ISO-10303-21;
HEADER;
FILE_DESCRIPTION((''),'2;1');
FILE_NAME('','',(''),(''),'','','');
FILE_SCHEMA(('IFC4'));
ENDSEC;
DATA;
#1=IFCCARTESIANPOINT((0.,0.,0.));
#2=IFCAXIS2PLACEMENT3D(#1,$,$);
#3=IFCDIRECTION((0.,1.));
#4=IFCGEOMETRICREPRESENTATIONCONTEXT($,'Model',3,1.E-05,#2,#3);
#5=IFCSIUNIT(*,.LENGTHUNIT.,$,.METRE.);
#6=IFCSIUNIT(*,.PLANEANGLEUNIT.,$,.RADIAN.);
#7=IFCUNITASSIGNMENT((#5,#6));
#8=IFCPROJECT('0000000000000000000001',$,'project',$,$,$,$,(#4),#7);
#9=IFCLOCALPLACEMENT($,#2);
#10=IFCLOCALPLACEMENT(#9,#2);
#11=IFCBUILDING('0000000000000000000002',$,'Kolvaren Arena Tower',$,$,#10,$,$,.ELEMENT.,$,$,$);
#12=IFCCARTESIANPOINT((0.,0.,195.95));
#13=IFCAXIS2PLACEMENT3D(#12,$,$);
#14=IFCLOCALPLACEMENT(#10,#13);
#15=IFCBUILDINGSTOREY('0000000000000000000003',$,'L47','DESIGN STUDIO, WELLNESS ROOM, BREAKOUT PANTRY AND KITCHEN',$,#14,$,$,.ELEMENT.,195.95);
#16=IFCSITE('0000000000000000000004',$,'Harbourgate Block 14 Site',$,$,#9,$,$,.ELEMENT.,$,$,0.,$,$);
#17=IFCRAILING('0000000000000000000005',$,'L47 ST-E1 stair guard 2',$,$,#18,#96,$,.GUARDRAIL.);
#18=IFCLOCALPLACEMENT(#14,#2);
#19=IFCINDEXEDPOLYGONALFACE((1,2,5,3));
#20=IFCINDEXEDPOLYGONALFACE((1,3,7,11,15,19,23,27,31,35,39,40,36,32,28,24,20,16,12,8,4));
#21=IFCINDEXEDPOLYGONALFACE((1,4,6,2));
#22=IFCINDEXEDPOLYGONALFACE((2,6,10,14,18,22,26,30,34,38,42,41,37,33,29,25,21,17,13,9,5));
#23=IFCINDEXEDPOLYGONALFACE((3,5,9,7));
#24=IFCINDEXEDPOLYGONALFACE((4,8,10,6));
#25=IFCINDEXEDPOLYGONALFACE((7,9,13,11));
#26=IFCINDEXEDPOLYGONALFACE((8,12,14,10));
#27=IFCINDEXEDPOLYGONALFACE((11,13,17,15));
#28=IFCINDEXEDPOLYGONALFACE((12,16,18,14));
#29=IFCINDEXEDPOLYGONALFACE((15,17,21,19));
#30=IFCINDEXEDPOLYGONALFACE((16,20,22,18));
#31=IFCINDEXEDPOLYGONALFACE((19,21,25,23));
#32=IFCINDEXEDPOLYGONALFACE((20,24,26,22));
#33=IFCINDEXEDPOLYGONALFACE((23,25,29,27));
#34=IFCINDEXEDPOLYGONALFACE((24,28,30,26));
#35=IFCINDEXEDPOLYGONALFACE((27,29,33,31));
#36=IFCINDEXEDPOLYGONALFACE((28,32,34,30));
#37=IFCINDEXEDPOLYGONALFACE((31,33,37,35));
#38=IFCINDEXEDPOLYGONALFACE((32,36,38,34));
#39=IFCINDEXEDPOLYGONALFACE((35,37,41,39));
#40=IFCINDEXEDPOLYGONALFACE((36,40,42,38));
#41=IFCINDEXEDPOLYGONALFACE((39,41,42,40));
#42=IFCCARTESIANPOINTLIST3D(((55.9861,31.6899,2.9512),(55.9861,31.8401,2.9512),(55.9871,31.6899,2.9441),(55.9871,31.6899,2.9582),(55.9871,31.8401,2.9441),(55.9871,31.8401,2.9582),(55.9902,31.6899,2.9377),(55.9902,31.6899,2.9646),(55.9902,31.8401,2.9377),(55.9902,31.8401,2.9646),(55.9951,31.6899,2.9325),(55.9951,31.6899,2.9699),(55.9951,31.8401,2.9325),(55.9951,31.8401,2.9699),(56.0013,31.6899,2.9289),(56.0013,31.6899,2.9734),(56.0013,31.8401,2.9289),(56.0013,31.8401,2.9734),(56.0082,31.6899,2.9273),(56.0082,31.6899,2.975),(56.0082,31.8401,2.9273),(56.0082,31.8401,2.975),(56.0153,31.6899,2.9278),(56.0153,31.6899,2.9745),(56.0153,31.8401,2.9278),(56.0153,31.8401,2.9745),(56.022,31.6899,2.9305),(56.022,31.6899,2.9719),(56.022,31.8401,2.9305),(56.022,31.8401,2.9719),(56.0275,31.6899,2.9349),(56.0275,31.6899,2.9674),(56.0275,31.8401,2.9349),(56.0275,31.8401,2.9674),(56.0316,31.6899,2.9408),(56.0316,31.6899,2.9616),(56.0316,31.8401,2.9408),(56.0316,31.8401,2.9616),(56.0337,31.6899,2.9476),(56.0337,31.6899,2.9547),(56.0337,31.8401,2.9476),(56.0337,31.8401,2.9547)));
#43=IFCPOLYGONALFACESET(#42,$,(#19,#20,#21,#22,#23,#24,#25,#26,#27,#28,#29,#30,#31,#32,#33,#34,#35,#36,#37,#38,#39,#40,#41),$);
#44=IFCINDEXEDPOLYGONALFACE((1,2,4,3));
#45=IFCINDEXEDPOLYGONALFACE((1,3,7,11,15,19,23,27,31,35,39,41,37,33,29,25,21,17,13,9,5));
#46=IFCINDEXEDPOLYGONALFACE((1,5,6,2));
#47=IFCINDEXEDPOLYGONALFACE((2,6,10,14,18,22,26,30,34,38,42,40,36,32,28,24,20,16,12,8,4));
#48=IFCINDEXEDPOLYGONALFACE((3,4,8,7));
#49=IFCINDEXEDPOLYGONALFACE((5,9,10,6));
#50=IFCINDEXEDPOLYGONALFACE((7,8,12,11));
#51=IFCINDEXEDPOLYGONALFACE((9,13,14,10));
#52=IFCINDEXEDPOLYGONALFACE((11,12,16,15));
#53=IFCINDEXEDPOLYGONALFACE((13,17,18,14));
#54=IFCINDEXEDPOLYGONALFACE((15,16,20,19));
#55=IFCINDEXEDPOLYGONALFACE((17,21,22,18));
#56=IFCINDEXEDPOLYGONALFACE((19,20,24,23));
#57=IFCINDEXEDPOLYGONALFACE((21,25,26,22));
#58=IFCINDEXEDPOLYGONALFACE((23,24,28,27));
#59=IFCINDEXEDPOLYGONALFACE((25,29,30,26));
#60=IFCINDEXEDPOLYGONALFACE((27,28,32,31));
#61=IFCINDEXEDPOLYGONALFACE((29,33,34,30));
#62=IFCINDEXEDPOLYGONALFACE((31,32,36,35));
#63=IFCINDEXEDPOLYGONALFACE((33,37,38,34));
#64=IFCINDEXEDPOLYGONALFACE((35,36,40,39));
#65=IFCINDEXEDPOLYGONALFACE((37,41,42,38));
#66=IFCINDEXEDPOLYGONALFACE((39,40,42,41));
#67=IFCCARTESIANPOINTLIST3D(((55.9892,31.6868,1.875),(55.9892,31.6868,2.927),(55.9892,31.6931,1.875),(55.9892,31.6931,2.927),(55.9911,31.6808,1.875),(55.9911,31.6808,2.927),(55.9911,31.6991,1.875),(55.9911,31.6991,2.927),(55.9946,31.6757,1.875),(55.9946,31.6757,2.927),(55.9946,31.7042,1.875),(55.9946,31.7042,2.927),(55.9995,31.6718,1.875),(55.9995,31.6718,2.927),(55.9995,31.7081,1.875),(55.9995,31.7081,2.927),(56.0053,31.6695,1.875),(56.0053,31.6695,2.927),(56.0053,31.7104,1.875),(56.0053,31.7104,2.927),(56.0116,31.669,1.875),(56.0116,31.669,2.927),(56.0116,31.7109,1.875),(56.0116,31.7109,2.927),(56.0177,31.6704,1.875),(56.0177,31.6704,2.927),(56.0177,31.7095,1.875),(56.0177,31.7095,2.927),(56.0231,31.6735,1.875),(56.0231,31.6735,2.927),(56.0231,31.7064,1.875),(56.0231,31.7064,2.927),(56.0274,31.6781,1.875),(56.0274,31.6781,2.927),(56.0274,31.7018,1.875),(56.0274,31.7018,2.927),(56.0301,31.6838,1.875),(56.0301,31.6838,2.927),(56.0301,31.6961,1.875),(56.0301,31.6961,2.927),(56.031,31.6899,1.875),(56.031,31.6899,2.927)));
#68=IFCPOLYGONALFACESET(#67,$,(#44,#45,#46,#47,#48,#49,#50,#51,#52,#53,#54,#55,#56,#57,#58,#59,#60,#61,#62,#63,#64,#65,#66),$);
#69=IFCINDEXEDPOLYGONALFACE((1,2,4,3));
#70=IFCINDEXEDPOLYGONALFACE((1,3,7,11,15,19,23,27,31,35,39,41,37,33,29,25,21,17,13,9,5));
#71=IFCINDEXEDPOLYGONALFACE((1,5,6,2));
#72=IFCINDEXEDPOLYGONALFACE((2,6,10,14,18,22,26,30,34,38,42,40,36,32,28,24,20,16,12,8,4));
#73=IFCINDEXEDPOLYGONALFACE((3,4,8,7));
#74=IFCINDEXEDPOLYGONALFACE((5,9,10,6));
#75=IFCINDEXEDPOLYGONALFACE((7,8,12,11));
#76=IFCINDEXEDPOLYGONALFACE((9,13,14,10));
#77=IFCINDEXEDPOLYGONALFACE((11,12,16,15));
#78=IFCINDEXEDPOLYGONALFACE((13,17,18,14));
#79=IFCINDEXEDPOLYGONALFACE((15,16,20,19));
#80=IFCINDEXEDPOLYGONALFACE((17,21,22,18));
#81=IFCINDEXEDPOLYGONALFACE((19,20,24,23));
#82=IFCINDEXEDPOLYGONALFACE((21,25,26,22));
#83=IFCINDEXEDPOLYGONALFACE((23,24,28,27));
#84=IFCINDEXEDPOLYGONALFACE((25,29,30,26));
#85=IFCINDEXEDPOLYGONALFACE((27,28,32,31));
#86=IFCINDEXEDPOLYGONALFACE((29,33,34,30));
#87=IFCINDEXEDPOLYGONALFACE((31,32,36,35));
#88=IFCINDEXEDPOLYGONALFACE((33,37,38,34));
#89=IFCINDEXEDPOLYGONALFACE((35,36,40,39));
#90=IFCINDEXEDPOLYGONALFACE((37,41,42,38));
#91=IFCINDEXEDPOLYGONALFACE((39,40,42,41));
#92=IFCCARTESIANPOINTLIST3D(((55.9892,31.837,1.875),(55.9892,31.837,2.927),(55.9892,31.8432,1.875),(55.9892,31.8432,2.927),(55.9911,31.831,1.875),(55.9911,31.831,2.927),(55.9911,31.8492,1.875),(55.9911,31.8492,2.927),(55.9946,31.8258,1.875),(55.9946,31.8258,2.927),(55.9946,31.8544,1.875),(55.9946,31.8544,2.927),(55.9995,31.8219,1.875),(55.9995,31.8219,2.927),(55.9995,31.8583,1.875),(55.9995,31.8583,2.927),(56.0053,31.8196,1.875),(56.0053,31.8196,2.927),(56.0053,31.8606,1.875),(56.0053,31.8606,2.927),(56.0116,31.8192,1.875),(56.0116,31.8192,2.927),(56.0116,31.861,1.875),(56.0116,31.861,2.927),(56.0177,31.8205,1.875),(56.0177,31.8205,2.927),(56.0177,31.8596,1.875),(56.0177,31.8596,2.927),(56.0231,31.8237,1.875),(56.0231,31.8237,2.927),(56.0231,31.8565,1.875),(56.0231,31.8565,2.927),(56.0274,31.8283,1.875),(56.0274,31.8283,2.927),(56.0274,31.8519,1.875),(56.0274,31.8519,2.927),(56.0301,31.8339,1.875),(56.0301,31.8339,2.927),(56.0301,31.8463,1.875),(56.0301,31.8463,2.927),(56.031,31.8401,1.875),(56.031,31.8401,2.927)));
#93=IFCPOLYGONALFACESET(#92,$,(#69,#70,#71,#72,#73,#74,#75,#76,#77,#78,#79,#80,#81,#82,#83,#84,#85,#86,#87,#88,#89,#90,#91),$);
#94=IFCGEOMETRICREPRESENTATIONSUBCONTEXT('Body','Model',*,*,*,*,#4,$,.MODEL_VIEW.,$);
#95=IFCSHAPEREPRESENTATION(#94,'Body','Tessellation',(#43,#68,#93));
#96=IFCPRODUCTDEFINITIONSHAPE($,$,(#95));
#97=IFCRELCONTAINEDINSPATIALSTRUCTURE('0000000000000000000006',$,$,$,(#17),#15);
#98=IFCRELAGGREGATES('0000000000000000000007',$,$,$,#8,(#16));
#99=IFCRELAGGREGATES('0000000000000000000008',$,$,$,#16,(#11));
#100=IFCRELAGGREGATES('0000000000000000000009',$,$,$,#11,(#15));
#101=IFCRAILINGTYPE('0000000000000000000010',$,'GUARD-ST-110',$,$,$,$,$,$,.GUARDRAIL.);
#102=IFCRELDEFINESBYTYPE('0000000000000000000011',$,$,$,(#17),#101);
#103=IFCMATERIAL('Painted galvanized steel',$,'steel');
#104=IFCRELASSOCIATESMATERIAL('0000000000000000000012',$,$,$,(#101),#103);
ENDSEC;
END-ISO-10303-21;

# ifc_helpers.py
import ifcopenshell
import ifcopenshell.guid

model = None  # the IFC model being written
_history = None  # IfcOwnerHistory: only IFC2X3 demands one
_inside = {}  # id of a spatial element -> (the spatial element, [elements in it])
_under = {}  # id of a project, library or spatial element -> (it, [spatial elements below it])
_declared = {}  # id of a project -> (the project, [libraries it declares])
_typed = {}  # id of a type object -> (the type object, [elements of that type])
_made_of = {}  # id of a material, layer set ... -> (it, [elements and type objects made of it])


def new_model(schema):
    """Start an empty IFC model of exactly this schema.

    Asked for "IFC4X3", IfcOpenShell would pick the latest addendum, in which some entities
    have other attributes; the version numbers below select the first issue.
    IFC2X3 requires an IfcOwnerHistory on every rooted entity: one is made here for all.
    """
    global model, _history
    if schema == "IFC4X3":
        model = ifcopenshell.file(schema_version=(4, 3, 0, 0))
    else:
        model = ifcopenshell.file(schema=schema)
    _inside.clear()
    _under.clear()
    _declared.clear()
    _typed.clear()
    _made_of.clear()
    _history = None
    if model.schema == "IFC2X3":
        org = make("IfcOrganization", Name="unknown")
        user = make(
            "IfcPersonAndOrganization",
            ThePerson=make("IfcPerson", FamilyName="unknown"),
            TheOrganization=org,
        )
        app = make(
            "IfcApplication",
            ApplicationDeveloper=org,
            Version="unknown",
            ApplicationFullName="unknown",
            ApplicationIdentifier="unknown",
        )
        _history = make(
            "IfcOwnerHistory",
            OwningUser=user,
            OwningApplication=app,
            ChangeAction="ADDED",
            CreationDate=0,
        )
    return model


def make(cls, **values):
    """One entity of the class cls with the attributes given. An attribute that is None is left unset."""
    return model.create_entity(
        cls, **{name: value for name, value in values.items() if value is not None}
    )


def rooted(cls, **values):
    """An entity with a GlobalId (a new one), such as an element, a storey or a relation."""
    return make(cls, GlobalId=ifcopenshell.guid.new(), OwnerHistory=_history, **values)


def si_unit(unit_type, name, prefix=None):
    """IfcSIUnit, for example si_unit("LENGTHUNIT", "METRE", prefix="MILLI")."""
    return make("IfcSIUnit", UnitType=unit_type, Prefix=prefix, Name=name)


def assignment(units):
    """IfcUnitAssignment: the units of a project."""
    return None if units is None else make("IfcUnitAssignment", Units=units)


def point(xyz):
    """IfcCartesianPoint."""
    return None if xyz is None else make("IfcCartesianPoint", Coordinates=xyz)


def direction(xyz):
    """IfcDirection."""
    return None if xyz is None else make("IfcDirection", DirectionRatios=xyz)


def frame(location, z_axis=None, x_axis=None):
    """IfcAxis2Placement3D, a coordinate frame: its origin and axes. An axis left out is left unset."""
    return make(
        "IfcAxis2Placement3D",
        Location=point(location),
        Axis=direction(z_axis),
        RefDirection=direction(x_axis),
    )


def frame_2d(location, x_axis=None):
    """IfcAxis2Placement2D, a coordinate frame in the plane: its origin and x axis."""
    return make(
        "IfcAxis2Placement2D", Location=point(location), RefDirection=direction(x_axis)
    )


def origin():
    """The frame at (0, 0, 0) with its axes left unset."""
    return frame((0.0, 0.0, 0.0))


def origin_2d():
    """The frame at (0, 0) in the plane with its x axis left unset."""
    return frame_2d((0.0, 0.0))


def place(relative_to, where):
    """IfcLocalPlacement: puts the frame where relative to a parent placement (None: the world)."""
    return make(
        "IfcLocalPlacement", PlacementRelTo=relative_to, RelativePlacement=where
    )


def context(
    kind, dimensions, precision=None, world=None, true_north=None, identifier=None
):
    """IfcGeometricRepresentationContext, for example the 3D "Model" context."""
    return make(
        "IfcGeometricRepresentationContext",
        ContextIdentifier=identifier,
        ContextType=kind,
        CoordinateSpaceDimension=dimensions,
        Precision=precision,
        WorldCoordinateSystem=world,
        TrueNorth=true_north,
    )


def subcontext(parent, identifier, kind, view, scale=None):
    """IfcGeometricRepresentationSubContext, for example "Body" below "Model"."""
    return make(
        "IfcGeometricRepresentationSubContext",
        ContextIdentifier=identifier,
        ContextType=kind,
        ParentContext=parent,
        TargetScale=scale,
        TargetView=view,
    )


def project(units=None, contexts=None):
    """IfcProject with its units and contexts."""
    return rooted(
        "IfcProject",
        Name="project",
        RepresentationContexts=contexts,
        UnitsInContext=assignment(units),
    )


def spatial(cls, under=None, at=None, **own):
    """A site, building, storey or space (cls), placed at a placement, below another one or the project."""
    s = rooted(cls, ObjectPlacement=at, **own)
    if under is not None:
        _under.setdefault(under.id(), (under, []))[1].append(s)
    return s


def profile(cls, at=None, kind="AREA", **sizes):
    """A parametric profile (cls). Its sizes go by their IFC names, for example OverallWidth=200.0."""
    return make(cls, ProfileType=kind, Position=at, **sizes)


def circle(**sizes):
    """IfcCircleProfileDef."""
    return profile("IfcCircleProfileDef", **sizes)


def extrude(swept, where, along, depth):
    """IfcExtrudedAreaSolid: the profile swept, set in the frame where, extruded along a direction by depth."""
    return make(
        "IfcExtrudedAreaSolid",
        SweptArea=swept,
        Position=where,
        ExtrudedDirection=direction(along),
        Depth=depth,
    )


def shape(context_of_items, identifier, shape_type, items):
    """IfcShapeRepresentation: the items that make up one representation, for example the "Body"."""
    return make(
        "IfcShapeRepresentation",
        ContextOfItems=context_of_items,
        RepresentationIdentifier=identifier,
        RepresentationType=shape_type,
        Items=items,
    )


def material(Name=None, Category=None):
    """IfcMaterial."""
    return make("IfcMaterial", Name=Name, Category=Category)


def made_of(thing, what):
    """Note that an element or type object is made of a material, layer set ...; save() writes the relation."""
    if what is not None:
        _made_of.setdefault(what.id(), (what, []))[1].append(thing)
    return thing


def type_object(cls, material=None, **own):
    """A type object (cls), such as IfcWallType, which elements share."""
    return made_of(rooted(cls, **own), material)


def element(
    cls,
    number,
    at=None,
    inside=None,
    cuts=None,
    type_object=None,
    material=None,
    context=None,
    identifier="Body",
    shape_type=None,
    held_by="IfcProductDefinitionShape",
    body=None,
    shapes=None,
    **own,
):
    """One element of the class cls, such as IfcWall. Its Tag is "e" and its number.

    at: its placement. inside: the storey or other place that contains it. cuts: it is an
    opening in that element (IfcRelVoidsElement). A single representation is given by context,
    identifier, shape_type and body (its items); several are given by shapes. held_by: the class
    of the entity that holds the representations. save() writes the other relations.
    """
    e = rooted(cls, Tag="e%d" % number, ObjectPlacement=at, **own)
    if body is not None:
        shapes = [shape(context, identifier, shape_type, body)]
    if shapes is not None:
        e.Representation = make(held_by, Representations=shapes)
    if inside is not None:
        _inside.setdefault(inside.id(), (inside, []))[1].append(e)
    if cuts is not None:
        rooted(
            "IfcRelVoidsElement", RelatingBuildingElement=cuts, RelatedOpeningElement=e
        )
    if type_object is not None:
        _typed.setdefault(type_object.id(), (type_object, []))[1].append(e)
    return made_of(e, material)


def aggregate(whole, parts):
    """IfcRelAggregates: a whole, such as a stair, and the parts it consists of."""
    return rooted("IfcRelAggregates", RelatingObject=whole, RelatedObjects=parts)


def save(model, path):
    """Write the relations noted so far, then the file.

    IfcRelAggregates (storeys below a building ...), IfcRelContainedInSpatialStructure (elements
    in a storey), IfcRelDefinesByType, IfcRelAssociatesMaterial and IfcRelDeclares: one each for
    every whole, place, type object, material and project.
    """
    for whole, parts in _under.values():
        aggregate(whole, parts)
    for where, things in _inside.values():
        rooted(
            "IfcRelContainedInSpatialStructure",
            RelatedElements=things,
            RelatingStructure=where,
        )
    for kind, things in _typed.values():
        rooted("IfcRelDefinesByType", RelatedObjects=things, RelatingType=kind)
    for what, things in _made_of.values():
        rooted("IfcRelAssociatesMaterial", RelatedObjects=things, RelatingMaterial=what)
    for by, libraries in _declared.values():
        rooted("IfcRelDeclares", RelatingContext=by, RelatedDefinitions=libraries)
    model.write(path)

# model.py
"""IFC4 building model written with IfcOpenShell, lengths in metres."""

from ifc_helpers import new_model, si_unit, direction, frame, origin, origin_2d, place, context, subcontext, project, spatial, circle, extrude, material, type_object, element, save


model = new_model("IFC4")

# Units and contexts
model_context = context("Model", 3, precision=1e-05, world=origin(), true_north=direction((0.0, 1.0)))
body_context = subcontext(model_context, "Body", "Model", "MODEL_VIEW")
ifc_project = project(units=[si_unit("LENGTHUNIT", "METRE"), si_unit("PLANEANGLEUNIT", "RADIAN")], contexts=[model_context])

# Site, building, storey
site_placement = place(None, origin())
site = spatial("IfcSite", under=ifc_project, at=site_placement, Name="Harbourgate Block 14 Site", CompositionType="ELEMENT", RefElevation=0.0)
building_placement = place(site_placement, origin())
building = spatial("IfcBuilding", under=site, at=building_placement, Name="Kolvaren Arena Tower", CompositionType="ELEMENT")
storey_placement = place(building_placement, frame((0.0, 0.0, 195.95)))
storey = spatial("IfcBuildingStorey", under=building, at=storey_placement, Name="L47", Description="DESIGN STUDIO, WELLNESS ROOM, BREAKOUT PANTRY AND KITCHEN", CompositionType="ELEMENT", Elevation=195.95)

# Railing
ifc_material_1 = material(Name="Painted galvanized steel", Category="steel")
railing_type_1 = type_object("IfcRailingType", Name="GUARD-ST-110", PredefinedType="GUARDRAIL", material=ifc_material_1)
railing_1_placement = place(storey_placement, frame((56.01, 31.6899, 1.875)))
element("IfcRailing", 1, at=railing_1_placement, inside=storey, type_object=railing_type_1, Name="L47 ST-E1 stair guard 2", PredefinedType="GUARDRAIL", context=body_context, shape_type="SweptSolid", body=[
    extrude(circle(Radius=0.0239, at=origin_2d()), frame((0.0, 0.0, 1.0762), z_axis=(0.0, 1.0, 0.0), x_axis=(-1.0, 0.0, 0.0)), (0.0, 0.0, 1.0), 0.1501),
    extrude(circle(Radius=0.021, at=origin_2d()), origin(), (0.0, 0.0, 1.0), 1.052),
    extrude(circle(Radius=0.021, at=origin_2d()), frame((0.0, 0.1501, 0.0)), (0.0, 0.0, 1.0), 1.052),
])

save(model, "model.ifc")
